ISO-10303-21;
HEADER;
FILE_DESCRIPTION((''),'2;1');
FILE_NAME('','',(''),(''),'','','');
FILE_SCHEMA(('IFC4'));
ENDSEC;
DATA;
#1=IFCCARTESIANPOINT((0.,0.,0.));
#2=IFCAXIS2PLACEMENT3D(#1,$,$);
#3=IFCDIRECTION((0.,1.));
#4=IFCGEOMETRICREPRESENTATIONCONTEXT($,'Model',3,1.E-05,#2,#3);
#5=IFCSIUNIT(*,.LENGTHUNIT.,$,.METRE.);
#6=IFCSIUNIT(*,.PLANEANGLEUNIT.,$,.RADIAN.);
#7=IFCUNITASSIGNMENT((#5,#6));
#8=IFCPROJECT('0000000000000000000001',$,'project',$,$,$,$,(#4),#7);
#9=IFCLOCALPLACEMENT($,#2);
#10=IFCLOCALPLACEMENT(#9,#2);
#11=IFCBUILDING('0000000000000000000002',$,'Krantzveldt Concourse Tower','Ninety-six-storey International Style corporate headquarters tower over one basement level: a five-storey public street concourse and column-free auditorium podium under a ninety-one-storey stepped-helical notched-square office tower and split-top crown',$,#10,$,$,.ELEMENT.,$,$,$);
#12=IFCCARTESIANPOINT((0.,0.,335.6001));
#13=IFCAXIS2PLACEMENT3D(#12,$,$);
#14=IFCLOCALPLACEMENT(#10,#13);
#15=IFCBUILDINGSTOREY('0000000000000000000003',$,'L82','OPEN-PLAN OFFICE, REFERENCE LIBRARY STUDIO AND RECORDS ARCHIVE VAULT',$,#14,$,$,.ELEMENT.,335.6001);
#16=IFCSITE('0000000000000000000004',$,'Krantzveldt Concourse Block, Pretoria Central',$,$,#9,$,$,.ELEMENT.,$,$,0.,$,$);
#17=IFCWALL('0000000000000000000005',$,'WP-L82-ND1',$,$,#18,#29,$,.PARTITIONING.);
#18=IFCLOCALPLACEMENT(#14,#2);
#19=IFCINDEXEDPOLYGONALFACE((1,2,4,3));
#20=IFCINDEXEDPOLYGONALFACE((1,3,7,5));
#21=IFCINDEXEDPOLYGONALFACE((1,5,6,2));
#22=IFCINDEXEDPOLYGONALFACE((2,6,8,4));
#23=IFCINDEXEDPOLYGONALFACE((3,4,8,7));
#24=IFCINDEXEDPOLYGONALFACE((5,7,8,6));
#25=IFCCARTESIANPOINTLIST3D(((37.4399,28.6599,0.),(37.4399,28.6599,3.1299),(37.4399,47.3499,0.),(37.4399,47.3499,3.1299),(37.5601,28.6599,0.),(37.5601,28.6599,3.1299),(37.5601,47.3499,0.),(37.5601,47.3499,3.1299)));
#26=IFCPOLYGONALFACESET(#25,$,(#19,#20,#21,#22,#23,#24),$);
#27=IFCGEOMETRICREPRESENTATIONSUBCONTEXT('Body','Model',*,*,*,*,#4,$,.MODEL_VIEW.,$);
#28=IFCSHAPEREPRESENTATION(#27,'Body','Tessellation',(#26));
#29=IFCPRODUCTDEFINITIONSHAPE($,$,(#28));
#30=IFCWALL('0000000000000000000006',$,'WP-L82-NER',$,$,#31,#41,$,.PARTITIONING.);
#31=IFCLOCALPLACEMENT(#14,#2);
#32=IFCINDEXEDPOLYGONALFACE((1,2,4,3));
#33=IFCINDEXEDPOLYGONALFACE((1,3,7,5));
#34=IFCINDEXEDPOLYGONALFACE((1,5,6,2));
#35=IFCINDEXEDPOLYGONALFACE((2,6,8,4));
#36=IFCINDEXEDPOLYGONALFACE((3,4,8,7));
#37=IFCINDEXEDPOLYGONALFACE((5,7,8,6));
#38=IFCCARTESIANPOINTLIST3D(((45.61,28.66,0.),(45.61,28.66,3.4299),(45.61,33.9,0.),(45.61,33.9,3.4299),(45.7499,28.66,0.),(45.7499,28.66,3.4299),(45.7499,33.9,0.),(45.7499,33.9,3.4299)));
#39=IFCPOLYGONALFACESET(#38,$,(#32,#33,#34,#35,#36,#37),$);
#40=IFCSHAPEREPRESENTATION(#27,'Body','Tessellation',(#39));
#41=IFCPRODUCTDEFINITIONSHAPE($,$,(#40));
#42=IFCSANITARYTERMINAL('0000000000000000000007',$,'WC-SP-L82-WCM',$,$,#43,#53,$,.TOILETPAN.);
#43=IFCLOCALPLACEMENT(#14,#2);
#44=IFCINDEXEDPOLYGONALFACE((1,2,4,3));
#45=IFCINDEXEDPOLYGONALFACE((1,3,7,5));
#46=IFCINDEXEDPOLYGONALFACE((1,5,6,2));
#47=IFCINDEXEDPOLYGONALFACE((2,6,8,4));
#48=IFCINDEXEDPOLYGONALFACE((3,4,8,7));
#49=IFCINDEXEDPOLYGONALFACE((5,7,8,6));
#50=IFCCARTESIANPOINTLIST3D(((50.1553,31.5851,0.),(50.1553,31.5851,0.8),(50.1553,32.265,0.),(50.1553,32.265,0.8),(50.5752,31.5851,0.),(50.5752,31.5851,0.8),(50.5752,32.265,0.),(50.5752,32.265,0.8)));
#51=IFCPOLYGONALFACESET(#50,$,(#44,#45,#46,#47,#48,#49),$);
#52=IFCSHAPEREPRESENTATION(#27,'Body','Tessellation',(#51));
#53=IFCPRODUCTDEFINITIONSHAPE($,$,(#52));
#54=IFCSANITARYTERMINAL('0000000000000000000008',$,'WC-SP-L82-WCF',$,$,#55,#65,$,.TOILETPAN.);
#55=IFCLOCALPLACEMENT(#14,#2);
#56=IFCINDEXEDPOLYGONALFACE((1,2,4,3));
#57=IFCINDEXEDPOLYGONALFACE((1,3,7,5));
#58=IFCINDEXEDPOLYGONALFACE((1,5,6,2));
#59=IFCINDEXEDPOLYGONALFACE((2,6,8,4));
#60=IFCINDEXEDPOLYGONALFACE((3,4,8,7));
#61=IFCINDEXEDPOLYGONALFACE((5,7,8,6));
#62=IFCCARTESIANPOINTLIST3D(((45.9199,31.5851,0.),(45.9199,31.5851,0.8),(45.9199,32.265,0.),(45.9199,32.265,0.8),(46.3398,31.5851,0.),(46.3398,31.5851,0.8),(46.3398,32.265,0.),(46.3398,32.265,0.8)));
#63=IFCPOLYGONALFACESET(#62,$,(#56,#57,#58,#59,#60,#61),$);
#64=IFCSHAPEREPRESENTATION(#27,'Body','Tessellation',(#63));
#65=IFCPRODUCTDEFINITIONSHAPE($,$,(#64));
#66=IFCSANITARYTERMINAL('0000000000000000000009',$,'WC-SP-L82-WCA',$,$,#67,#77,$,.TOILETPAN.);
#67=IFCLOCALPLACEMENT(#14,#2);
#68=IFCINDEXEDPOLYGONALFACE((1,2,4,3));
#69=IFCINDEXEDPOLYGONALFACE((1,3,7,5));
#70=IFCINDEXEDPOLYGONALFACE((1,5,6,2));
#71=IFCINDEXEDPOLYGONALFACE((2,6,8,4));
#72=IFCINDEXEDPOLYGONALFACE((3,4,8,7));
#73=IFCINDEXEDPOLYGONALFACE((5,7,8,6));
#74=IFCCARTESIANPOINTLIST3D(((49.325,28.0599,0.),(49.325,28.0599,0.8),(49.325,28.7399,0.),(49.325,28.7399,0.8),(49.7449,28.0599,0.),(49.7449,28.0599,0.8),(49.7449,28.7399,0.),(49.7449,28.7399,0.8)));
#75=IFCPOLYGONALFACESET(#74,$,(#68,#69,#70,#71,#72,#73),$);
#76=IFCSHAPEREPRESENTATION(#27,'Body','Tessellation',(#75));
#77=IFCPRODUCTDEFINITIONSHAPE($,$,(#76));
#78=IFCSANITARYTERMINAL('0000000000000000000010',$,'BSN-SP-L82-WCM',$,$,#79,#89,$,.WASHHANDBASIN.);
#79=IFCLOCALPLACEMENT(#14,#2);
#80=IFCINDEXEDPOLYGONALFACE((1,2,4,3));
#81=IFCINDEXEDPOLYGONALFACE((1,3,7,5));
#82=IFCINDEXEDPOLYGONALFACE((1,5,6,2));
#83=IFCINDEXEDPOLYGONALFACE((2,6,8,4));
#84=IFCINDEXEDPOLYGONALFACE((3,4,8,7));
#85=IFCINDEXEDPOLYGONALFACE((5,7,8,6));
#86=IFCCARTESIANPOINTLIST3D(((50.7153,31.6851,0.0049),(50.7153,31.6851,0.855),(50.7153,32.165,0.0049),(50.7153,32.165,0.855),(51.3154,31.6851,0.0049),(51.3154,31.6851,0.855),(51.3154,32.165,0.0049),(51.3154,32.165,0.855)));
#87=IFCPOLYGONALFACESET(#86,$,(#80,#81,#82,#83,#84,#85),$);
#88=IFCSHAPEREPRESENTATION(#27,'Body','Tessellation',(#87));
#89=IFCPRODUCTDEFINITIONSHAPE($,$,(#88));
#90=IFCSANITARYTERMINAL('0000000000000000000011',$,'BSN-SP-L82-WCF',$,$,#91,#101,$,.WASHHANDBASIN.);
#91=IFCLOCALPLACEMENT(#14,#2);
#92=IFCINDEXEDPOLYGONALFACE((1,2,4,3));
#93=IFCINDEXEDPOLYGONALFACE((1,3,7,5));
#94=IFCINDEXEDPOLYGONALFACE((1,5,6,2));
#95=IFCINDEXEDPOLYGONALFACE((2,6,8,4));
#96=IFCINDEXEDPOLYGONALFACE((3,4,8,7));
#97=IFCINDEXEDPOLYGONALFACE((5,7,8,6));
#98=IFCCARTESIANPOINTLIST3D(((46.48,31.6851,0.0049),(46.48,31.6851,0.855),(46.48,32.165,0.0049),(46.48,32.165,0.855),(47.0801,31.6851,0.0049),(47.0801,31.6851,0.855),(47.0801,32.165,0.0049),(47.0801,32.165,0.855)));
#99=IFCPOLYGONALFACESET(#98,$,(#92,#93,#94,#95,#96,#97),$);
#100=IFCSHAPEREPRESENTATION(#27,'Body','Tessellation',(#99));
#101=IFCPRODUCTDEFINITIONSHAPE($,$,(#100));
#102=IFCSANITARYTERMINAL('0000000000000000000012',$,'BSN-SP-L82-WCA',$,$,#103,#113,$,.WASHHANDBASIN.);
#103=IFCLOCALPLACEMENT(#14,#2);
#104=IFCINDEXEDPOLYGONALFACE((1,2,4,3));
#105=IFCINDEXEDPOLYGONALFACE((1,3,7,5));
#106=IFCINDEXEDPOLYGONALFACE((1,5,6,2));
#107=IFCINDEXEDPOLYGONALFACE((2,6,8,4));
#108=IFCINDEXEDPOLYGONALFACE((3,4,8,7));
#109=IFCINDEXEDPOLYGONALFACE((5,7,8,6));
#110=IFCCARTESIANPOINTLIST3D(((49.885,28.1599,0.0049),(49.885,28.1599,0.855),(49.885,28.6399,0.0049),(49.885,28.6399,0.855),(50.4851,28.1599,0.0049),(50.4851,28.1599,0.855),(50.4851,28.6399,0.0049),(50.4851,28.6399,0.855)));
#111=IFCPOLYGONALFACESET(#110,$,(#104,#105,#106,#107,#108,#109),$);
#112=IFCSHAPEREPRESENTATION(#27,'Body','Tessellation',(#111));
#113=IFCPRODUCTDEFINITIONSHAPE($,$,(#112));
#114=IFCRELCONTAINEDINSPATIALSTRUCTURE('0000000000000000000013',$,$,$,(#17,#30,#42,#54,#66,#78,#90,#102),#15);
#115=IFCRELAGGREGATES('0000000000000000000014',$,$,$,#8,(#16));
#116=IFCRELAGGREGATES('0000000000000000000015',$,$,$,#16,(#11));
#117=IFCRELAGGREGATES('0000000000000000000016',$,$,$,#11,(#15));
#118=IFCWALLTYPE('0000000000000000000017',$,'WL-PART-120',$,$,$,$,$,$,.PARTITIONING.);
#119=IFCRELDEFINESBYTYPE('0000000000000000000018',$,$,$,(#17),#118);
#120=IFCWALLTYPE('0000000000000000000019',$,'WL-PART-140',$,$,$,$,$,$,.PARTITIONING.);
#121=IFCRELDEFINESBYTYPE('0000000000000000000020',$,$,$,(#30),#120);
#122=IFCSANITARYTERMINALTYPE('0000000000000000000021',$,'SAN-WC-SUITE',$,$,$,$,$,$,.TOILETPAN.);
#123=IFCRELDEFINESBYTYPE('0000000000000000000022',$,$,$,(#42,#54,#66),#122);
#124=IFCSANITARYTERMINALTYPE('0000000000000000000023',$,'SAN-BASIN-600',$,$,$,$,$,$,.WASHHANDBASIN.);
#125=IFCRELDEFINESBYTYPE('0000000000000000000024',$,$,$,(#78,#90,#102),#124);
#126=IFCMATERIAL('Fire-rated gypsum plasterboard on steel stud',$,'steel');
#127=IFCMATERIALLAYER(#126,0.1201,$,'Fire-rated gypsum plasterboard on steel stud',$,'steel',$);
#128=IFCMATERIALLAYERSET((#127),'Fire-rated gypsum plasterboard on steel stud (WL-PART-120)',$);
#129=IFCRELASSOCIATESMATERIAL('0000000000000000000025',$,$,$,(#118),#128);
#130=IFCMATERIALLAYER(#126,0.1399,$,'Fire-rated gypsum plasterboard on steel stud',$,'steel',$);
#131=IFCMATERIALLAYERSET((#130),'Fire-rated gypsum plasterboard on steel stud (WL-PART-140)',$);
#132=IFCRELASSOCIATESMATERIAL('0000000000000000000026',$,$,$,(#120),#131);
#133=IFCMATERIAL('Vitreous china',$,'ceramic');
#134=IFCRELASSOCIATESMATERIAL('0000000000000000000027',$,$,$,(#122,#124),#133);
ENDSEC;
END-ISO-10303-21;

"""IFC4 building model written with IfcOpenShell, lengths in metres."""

from ifc_helpers import new_model, si_unit, direction, frame, frame_2d, origin, origin_2d, place, context, subcontext, project, spatial, rectangle, extrude, source, transform, mapped, material, layer, layer_set, type_object, type_shapes, element, save


model = new_model("IFC4")

# Units and contexts
model_context = context("Model", 3, precision=1e-05, world=origin(), true_north=direction((0.0, 1.0)))
body_context = subcontext(model_context, "Body", "Model", "MODEL_VIEW")
ifc_project = project(units=[si_unit("LENGTHUNIT", "METRE"), si_unit("PLANEANGLEUNIT", "RADIAN")], contexts=[model_context])

# Site, building, storey
site_placement = place(None, origin())
site = spatial("IfcSite", under=ifc_project, at=site_placement, Name="Krantzveldt Concourse Block, Pretoria Central", CompositionType="ELEMENT", RefElevation=0.0)
building_placement = place(site_placement, origin())
building = spatial("IfcBuilding", under=site, at=building_placement, Name="Krantzveldt Concourse Tower", Description="Ninety-six-storey International Style corporate headquarters tower over one basement level: a five-storey public street concourse and column-free auditorium podium under a ninety-one-storey stepped-helical notched-square office tower and split-top crown", CompositionType="ELEMENT")
storey_placement = place(building_placement, frame((0.0, 0.0, 335.6001)))
storey = spatial("IfcBuildingStorey", under=building, at=storey_placement, Name="L82", Description="OPEN-PLAN OFFICE, REFERENCE LIBRARY STUDIO AND RECORDS ARCHIVE VAULT", CompositionType="ELEMENT", Elevation=335.6001)

# Shared definitions
ifc_material_1 = material(Name="Fire-rated gypsum plasterboard on steel stud", Category="steel")
ifc_layer_1 = layer(ifc_material_1, 0.1201, Name="Fire-rated gypsum plasterboard on steel stud", Category="steel")
ifc_layer_set_1 = layer_set([ifc_layer_1], Name="Fire-rated gypsum plasterboard on steel stud (WL-PART-120)")
wall_type_1 = type_object("IfcWallType", Name="WL-PART-120", PredefinedType="PARTITIONING", material=ifc_layer_set_1)

# Walls
wall_1_placement = place(storey_placement, frame((37.5, 28.6599, 0.0), z_axis=(0.0, 0.0, 1.0), x_axis=(0.0, 1.0, 0.0)))
element("IfcWall", 1, at=wall_1_placement, inside=storey, type_object=wall_type_1, Name="WP-L82-ND1", PredefinedType="PARTITIONING", context=body_context, shape_type="SweptSolid", body=[
    extrude(rectangle(XDim=18.6899, YDim=0.1201, at=frame_2d((9.345, 0.0))), origin(), (0.0, 0.0, 1.0), 3.1299),
])
ifc_layer_2 = layer(ifc_material_1, 0.1399, Name="Fire-rated gypsum plasterboard on steel stud", Category="steel")
ifc_layer_set_2 = layer_set([ifc_layer_2], Name="Fire-rated gypsum plasterboard on steel stud (WL-PART-140)")
wall_type_2 = type_object("IfcWallType", Name="WL-PART-140", PredefinedType="PARTITIONING", material=ifc_layer_set_2)
wall_2_placement = place(storey_placement, frame((45.6799, 28.6599, 0.0), z_axis=(0.0, 0.0, 1.0), x_axis=(0.0, 1.0, 0.0)))
element("IfcWall", 2, at=wall_2_placement, inside=storey, type_object=wall_type_2, Name="WP-L82-NER", PredefinedType="PARTITIONING", context=body_context, shape_type="SweptSolid", body=[
    extrude(rectangle(XDim=5.24, YDim=0.1399, at=frame_2d((2.6201, 0.0))), origin(), (0.0, 0.0, 1.0), 3.4299),
])

# Sanitary terminals
ifc_material_2 = material(Name="Vitreous china", Category="ceramic")
sanitary_terminal_type_1 = type_object("IfcSanitaryTerminalType", Name="SAN-WC-SUITE", PredefinedType="TOILETPAN", material=ifc_material_2)
shared_shape_1 = source(origin(), body_context, "Body", "SweptSolid", [
    extrude(rectangle(XDim=0.4199, YDim=0.6799, at=origin_2d()), origin(), (0.0, 0.0, 1.0), 0.8),
])
type_shapes(sanitary_terminal_type_1, [shared_shape_1])
for number, where, z_axis, x_axis, name in (
    (3, (50.3652, 31.925, 0.0), (0.0, 0.0, 1.0), (1.0, 0.0, 0.0), "WC-SP-L82-WCM"),
    (4, (46.1299, 31.925, 0.0), (0.0, 0.0, 1.0), (1.0, 0.0, 0.0), "WC-SP-L82-WCF"),
    (5, (49.5349, 28.3999, 0.0), (0.0, 0.0, 1.0), (1.0, 0.0, 0.0), "WC-SP-L82-WCA"),
):
    element("IfcSanitaryTerminal", number, at=place(storey_placement, frame(where, z_axis=z_axis, x_axis=x_axis)), inside=storey, type_object=sanitary_terminal_type_1, Name=name, PredefinedType="TOILETPAN", context=body_context, shape_type="MappedRepresentation", body=[
        mapped(shared_shape_1, transform((0.0, 0.0, 0.0), x_axis=(1.0, 0.0, 0.0), y_axis=(0.0, 1.0, 0.0), z_axis=(0.0, 0.0, 1.0), scale=1.0)),
    ])
sanitary_terminal_type_2 = type_object("IfcSanitaryTerminalType", Name="SAN-BASIN-600", PredefinedType="WASHHANDBASIN", material=ifc_material_2)
shared_shape_2 = source(origin(), body_context, "Body", "SweptSolid", [
    extrude(rectangle(XDim=0.6001, YDim=0.48, at=origin_2d()), origin(), (0.0, 0.0, 1.0), 0.8501),
])
type_shapes(sanitary_terminal_type_2, [shared_shape_2])
for number, where, z_axis, x_axis, name in (
    (6, (51.0154, 31.925, 0.0049), (0.0, 0.0, 1.0), (1.0, 0.0, 0.0), "BSN-SP-L82-WCM"),
    (7, (46.78, 31.925, 0.0049), (0.0, 0.0, 1.0), (1.0, 0.0, 0.0), "BSN-SP-L82-WCF"),
    (8, (50.1851, 28.3999, 0.0049), (0.0, 0.0, 1.0), (1.0, 0.0, 0.0), "BSN-SP-L82-WCA"),
):
    element("IfcSanitaryTerminal", number, at=place(storey_placement, frame(where, z_axis=z_axis, x_axis=x_axis)), inside=storey, type_object=sanitary_terminal_type_2, Name=name, PredefinedType="WASHHANDBASIN", context=body_context, shape_type="MappedRepresentation", body=[
        mapped(shared_shape_2, transform((0.0, 0.0, 0.0), x_axis=(1.0, 0.0, 0.0), y_axis=(0.0, 1.0, 0.0), z_axis=(0.0, 0.0, 1.0), scale=1.0)),
    ])

save(model, "model.ifc")
